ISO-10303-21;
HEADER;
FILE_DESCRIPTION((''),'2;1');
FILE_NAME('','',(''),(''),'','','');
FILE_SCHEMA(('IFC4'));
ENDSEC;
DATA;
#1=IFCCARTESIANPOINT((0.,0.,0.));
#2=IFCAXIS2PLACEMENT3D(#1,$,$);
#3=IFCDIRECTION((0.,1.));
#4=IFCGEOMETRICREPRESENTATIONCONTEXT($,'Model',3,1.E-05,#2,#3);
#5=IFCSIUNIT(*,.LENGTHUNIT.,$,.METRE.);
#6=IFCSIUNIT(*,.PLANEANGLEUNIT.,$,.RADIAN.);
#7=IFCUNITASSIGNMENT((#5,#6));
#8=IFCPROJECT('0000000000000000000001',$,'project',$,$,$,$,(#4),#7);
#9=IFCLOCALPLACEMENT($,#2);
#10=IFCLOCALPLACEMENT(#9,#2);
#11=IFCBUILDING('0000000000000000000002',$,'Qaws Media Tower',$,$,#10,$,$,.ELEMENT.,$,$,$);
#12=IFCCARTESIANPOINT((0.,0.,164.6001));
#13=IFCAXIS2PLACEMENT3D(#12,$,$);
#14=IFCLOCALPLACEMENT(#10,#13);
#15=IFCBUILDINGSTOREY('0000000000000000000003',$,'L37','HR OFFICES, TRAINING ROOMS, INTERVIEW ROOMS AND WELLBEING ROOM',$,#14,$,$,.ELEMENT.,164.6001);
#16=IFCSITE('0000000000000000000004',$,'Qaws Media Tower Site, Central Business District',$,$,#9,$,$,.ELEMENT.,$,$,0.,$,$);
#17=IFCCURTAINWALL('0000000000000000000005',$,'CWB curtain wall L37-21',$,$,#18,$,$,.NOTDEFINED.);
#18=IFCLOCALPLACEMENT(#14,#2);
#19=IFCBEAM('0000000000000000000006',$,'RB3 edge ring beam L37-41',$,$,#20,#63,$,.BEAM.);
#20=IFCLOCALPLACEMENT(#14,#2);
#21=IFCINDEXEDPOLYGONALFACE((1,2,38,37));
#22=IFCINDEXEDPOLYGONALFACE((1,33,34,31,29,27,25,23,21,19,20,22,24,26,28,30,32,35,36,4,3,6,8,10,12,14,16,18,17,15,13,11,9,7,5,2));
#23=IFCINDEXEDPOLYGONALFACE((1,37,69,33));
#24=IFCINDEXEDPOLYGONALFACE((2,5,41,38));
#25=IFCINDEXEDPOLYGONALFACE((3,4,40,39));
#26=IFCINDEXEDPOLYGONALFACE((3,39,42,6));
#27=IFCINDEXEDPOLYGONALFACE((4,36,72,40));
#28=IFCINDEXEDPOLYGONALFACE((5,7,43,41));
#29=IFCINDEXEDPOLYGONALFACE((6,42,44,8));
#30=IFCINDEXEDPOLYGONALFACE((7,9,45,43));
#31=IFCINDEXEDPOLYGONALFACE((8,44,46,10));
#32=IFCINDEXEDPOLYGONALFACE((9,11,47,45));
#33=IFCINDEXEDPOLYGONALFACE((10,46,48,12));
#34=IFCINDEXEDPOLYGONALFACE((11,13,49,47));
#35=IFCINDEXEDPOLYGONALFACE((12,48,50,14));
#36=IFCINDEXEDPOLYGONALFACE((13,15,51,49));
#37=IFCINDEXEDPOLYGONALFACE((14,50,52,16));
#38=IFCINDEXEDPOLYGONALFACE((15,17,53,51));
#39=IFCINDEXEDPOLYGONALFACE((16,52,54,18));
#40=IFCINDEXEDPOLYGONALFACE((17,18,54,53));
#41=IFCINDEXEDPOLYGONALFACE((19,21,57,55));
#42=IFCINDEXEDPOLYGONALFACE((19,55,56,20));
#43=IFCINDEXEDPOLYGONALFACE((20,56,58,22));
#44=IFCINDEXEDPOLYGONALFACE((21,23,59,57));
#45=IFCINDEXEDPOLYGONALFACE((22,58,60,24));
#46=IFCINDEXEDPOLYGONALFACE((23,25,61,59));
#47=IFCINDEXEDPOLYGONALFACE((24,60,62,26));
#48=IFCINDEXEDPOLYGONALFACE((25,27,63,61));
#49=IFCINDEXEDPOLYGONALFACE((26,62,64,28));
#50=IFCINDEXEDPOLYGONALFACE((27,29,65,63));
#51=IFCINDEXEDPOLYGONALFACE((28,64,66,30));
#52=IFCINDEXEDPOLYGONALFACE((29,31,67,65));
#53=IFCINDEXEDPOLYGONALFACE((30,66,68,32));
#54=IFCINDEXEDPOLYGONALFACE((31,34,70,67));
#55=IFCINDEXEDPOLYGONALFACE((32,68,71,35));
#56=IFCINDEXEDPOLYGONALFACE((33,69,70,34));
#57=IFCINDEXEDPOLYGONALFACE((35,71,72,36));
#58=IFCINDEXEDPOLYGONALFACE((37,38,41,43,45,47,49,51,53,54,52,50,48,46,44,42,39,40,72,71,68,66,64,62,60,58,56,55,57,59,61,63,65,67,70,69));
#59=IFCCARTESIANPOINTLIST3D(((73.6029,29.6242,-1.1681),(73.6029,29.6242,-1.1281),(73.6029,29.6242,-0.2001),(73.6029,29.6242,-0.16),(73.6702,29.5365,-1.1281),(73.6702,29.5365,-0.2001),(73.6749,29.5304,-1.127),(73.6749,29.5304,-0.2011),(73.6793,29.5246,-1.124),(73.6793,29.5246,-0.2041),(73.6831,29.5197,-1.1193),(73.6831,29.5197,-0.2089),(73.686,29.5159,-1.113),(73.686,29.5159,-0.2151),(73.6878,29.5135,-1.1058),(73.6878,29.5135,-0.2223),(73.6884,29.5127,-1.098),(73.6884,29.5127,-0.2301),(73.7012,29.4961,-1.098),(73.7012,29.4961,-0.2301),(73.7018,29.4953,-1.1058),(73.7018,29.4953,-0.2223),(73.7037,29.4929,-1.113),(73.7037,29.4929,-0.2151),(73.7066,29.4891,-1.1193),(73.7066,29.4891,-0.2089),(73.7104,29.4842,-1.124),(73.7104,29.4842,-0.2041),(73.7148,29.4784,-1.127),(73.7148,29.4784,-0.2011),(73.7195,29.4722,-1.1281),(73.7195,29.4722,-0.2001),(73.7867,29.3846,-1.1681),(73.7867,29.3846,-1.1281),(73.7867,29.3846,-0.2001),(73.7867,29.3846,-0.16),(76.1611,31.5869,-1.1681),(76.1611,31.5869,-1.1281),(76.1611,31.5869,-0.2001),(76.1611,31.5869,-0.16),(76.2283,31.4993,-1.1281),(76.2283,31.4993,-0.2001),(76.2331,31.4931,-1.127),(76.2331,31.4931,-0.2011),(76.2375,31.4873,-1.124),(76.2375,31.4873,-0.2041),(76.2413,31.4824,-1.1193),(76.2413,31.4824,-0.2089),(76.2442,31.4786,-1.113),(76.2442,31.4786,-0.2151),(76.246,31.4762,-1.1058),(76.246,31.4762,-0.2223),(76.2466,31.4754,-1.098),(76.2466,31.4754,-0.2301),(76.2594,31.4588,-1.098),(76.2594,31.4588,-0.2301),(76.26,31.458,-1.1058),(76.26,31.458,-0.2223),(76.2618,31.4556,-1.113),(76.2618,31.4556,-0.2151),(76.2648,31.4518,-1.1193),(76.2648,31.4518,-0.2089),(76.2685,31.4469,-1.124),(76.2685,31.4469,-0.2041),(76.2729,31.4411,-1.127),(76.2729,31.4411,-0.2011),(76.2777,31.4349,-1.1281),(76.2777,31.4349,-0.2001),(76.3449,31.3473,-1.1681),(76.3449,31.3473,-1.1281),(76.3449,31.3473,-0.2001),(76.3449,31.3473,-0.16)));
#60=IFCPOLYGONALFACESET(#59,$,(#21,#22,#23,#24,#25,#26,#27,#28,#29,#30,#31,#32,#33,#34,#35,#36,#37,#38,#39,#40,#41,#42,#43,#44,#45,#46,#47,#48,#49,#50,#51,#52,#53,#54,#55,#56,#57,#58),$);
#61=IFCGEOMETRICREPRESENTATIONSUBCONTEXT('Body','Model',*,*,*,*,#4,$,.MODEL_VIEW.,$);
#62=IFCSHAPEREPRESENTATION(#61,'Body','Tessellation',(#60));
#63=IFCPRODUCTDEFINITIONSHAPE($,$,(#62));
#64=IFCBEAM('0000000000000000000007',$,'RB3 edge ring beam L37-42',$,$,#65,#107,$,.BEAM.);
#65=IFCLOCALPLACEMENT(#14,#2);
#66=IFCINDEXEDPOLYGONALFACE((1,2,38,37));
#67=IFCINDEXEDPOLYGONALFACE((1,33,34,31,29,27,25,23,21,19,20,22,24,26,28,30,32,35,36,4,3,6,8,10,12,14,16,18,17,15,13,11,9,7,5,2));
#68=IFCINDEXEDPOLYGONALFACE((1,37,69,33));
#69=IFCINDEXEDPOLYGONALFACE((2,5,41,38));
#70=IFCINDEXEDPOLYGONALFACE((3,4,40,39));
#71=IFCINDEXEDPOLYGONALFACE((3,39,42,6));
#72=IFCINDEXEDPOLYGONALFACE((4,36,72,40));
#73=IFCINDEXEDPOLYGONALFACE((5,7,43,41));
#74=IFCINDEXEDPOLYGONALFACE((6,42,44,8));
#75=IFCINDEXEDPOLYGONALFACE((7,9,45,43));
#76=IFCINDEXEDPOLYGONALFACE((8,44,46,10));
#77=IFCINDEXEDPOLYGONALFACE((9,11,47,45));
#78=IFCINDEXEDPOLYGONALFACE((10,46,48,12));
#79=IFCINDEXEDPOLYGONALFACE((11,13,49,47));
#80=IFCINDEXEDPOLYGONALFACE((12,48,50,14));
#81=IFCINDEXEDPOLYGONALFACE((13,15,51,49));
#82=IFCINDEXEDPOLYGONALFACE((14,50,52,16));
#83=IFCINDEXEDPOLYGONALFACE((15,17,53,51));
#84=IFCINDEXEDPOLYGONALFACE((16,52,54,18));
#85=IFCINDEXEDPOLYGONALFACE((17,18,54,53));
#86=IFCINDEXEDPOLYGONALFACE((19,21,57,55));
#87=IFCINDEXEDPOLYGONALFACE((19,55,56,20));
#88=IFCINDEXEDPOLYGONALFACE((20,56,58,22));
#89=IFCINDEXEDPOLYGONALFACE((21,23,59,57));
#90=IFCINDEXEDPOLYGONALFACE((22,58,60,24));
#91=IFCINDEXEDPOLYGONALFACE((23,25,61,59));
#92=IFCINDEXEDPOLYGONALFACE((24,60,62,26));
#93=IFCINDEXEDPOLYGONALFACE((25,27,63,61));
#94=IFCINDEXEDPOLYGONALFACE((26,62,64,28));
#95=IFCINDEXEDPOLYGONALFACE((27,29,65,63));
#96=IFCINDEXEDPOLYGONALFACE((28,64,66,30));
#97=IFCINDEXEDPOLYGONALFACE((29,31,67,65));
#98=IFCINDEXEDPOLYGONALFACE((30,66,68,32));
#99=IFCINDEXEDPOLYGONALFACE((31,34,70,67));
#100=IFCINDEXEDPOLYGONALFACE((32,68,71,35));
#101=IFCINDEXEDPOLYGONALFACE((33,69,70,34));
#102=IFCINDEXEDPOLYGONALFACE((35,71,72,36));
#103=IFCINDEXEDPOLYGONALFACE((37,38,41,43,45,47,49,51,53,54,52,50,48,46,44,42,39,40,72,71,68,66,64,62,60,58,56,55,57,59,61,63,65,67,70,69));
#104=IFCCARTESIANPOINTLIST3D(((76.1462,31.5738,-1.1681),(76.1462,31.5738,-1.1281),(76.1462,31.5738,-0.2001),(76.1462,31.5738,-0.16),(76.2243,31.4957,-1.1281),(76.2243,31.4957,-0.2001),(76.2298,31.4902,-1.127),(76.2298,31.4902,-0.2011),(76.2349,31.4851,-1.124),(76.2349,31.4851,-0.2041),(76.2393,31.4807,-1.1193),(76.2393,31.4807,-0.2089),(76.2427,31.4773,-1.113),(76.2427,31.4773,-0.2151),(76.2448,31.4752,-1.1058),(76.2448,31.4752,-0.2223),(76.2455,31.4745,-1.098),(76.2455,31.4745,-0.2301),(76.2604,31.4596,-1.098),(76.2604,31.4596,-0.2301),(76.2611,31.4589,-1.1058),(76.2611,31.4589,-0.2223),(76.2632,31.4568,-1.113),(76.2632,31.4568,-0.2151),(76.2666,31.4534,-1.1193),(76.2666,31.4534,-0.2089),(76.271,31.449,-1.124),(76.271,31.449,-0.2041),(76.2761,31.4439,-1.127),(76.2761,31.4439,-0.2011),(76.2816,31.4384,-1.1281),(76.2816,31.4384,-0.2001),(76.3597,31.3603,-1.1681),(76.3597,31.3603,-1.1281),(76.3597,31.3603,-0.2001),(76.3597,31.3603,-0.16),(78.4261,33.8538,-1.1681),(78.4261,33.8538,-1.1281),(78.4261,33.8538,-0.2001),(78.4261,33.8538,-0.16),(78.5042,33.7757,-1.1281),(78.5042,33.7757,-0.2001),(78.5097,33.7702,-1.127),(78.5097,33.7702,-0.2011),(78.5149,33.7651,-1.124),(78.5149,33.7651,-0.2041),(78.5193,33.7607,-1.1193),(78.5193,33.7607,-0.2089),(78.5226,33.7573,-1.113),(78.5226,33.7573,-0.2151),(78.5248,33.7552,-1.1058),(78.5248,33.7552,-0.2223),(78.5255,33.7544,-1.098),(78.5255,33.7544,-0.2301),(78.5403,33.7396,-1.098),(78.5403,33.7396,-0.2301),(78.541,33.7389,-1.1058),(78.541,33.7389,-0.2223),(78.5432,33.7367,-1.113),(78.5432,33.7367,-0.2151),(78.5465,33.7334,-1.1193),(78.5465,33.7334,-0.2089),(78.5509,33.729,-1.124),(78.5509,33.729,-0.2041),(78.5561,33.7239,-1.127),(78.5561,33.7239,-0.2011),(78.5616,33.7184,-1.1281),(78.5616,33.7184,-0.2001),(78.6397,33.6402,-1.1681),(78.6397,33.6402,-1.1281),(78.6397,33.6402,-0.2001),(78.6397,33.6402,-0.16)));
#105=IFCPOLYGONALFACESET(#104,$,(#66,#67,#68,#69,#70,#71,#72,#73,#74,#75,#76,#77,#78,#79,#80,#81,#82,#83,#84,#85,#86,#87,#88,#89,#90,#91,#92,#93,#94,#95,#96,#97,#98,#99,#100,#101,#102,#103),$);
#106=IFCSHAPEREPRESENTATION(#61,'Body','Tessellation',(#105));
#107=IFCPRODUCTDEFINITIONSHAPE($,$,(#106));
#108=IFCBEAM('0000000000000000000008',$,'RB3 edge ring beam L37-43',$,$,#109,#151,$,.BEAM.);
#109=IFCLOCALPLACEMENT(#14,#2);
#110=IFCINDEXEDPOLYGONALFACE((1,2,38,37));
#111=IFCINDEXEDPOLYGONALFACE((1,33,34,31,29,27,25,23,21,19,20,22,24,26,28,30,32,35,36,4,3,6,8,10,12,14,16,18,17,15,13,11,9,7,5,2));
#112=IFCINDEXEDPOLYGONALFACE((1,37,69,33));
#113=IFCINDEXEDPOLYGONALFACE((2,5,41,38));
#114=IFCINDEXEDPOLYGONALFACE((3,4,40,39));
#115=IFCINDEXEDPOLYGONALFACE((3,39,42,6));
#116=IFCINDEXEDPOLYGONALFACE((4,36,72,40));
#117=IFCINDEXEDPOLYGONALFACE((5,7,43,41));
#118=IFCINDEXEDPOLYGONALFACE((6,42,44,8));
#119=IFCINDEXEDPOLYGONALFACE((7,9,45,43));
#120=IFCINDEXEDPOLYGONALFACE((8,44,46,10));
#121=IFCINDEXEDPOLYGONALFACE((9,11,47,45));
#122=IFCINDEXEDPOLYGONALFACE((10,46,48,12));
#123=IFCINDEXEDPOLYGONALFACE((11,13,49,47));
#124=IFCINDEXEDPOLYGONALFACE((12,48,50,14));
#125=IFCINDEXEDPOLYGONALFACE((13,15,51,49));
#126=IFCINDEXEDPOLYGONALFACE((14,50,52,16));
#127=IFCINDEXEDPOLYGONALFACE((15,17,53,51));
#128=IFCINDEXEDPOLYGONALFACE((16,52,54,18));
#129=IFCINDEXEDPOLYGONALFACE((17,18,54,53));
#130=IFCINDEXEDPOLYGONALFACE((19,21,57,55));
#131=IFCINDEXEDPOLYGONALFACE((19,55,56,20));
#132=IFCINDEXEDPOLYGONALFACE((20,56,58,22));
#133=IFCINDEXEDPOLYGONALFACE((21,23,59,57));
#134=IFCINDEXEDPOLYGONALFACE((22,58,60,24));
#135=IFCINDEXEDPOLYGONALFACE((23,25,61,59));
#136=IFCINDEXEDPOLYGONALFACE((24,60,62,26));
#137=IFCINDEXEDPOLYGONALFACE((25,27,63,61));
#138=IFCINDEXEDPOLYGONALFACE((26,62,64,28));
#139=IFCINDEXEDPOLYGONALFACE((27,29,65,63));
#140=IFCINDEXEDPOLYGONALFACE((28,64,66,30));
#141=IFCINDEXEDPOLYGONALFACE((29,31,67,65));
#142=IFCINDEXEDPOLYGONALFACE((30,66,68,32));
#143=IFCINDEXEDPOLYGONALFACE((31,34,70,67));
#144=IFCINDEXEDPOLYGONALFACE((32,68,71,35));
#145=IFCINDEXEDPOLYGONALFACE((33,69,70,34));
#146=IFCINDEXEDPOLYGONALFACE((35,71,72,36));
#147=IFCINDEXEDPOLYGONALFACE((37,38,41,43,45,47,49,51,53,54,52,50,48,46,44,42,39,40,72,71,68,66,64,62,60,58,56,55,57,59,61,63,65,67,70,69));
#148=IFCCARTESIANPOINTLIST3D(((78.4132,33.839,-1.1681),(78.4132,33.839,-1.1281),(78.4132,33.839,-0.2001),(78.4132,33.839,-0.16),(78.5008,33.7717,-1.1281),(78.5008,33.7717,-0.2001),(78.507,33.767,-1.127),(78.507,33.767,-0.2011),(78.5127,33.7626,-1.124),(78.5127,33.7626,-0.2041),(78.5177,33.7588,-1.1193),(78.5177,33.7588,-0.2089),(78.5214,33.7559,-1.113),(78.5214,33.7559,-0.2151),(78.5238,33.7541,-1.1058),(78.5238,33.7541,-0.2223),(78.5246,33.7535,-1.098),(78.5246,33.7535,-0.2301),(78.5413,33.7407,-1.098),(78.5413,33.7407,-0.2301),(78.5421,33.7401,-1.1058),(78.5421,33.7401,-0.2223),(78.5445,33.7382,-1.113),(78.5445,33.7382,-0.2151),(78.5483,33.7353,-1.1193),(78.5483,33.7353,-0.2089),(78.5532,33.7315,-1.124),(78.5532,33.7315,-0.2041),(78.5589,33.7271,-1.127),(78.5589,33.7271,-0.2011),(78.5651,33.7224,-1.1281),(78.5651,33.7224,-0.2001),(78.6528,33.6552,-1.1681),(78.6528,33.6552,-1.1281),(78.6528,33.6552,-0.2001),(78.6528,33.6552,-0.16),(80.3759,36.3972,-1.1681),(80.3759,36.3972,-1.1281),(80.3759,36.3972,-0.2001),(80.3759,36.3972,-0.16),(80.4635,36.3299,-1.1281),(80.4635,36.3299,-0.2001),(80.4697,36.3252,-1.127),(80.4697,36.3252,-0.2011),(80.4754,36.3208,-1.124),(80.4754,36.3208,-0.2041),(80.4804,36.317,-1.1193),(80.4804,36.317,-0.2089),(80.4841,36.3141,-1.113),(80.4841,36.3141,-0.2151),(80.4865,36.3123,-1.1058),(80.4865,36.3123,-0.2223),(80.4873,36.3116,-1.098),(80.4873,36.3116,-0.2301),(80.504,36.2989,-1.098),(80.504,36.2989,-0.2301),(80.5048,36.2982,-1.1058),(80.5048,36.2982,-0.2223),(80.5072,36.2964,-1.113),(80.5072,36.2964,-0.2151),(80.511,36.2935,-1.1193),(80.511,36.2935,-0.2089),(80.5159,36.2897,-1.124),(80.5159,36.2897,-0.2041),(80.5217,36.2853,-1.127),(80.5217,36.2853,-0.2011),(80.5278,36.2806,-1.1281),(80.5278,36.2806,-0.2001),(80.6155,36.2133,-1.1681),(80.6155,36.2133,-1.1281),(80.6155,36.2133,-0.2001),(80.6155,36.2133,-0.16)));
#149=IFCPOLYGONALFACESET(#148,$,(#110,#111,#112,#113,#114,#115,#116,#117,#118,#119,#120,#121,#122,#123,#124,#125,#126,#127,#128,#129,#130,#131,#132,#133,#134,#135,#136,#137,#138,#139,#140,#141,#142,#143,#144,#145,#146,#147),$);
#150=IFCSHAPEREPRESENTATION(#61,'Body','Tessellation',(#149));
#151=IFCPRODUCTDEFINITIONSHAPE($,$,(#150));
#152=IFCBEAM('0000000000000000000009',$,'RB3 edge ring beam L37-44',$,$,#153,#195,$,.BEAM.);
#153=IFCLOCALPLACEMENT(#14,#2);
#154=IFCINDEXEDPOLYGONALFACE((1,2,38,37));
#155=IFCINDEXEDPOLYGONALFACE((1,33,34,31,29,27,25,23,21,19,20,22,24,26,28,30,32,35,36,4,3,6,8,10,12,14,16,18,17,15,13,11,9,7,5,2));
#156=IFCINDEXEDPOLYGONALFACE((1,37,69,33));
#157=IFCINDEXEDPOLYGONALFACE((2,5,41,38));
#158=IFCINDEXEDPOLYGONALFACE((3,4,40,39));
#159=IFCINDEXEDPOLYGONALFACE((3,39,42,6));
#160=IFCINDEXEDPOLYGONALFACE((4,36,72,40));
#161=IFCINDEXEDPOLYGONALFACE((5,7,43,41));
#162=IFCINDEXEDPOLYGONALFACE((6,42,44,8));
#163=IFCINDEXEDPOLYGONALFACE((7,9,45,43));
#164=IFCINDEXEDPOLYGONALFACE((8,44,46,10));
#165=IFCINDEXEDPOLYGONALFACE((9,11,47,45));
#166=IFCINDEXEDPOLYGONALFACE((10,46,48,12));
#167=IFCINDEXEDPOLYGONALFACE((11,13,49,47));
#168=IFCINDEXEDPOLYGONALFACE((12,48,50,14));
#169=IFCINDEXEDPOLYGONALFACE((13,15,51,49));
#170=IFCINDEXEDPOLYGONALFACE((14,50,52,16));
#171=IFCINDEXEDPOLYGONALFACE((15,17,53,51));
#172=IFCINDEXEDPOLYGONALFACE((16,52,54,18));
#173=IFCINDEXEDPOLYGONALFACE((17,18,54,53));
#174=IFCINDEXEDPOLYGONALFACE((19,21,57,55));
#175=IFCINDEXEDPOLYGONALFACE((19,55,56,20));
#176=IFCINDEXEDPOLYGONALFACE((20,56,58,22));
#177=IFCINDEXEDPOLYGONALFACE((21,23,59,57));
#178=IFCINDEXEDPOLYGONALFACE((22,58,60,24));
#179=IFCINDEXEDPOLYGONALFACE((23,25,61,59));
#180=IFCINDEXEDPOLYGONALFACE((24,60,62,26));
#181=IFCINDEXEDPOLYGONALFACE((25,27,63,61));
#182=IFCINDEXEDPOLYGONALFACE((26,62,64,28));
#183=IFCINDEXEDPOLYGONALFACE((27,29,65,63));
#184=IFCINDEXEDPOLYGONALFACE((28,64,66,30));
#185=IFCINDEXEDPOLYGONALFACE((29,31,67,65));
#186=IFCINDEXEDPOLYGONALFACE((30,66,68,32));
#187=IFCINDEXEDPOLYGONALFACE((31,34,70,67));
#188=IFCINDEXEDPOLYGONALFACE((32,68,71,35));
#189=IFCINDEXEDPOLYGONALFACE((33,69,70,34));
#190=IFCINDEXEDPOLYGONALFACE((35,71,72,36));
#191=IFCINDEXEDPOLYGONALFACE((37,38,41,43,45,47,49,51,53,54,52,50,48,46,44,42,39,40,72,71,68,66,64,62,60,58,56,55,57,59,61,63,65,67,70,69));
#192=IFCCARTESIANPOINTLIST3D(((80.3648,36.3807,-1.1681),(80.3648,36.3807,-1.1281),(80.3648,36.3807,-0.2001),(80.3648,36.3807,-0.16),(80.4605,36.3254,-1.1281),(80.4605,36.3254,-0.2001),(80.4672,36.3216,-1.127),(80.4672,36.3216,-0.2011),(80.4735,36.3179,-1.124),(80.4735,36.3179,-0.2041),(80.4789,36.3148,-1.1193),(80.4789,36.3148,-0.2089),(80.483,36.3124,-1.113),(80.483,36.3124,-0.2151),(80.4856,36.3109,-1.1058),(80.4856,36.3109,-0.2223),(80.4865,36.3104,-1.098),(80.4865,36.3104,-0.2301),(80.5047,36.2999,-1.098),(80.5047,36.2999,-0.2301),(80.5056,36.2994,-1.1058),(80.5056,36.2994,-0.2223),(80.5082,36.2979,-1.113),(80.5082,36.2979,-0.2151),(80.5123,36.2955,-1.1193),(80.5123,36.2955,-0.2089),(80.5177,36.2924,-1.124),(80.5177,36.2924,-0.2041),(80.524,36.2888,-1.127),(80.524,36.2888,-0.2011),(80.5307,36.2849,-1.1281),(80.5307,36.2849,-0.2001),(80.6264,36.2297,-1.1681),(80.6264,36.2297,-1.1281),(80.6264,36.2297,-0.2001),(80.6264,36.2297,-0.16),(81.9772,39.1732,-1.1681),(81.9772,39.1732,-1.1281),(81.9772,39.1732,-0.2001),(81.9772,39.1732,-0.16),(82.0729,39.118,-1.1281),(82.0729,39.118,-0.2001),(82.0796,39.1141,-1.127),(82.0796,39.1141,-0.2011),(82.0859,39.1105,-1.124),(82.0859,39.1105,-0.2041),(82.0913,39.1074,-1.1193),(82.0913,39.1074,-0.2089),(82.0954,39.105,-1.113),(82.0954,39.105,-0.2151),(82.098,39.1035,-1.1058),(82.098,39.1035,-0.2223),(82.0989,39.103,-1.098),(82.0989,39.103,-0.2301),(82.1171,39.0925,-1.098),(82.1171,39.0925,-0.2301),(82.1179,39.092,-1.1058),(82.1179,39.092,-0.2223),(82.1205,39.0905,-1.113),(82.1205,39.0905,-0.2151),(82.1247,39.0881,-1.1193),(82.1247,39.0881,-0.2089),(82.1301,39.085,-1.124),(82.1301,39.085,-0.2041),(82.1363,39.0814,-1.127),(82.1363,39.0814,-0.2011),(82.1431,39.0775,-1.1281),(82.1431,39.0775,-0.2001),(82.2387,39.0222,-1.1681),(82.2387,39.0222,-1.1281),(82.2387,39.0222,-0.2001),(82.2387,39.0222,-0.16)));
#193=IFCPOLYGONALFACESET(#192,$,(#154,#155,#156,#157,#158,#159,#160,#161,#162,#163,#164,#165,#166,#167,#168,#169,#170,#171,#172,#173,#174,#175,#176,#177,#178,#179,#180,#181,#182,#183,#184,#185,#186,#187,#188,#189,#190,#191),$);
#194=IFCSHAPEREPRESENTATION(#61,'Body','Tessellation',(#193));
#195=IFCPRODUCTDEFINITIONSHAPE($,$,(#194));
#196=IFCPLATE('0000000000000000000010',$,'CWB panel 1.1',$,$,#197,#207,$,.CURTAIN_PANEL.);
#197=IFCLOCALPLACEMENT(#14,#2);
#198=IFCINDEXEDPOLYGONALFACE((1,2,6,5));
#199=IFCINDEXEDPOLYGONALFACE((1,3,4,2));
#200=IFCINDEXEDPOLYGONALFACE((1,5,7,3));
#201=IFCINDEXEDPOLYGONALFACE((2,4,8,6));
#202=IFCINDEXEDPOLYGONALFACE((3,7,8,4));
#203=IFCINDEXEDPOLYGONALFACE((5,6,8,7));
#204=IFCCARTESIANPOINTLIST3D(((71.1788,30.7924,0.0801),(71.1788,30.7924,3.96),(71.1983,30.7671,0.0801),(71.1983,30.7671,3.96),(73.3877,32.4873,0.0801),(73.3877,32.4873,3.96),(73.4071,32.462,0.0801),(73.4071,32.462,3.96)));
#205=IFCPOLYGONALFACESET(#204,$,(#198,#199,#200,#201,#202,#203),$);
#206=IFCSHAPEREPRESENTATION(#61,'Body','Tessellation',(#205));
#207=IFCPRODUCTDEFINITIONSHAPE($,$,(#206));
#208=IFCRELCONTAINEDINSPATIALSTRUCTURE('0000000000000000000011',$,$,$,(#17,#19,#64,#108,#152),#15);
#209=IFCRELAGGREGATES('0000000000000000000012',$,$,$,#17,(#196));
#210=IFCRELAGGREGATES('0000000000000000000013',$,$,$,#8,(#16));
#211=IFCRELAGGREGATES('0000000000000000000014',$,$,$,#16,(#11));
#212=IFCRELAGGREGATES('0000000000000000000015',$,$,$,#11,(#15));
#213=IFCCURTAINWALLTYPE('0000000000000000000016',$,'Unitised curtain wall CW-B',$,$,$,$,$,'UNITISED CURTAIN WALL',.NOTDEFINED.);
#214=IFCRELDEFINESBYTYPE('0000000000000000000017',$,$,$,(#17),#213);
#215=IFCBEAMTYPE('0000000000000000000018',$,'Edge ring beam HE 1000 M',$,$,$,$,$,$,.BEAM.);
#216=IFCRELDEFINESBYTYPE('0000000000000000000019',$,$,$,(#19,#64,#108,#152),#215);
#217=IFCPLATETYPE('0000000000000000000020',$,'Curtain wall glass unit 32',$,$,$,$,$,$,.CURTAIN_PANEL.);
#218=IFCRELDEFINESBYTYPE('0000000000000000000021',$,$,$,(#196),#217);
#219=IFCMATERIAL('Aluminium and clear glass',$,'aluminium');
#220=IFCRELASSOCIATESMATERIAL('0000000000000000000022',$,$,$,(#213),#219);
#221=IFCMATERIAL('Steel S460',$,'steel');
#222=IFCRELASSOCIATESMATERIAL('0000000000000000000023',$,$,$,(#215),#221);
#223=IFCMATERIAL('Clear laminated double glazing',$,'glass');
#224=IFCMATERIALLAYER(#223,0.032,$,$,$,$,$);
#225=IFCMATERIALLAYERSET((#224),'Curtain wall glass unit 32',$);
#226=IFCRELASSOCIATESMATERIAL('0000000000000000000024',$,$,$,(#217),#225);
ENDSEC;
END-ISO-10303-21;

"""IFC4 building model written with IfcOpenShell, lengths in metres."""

from ifc_helpers import new_model, si_unit, direction, frame, origin, origin_2d, place, context, subcontext, project, spatial, rectangle, i_section, extrude, material, layer, layer_set, material_profile, profile_set, type_object, element, aggregate, save


model = new_model("IFC4")

# Units and contexts
model_context = context("Model", 3, precision=1e-05, world=origin(), true_north=direction((0.0, 1.0)))
body_context = subcontext(model_context, "Body", "Model", "MODEL_VIEW")
ifc_project = project(units=[si_unit("LENGTHUNIT", "METRE"), si_unit("PLANEANGLEUNIT", "RADIAN")], contexts=[model_context])

# Site, building, storey
site_placement = place(None, origin())
site = spatial("IfcSite", under=ifc_project, at=site_placement, Name="Qaws Media Tower Site, Central Business District", CompositionType="ELEMENT", RefElevation=0.0)
building_placement = place(site_placement, origin())
building = spatial("IfcBuilding", under=site, at=building_placement, Name="Qaws Media Tower", CompositionType="ELEMENT")
storey_placement = place(building_placement, frame((0.0, 0.0, 164.6001)))
storey = spatial("IfcBuildingStorey", under=building, at=storey_placement, Name="L37", Description="HR OFFICES, TRAINING ROOMS, INTERVIEW ROOMS AND WELLBEING ROOM", CompositionType="ELEMENT", Elevation=164.6001)

# Curtain wall
ifc_material_1 = material(Name="Aluminium and clear glass", Category="aluminium")
curtain_wall_type = type_object("IfcCurtainWallType", Name="Unitised curtain wall CW-B", ElementType="UNITISED CURTAIN WALL", PredefinedType="NOTDEFINED", material=ifc_material_1)
curtain_wall_1_placement = place(storey_placement, origin())
curtain_wall_1 = element("IfcCurtainWall", 1, at=curtain_wall_1_placement, inside=storey, type_object=curtain_wall_type, Name="CWB curtain wall L37-21", PredefinedType="NOTDEFINED")

# Beams
ifc_material_2 = material(Name="Steel S460", Category="steel")
ifc_material_profile_1 = material_profile(ifc_material_2, i_section(OverallWidth=0.302, OverallDepth=1.0081, WebThickness=0.021, FlangeThickness=0.04, FilletRadius=0.03, at=origin_2d()), Name="HE 1000 M")
ifc_profile_set_1 = profile_set([ifc_material_profile_1], Name="Steel S460")
beam_type = type_object("IfcBeamType", Name="Edge ring beam HE 1000 M", PredefinedType="BEAM", material=ifc_profile_set_1)
for number, where, z_axis, x_axis, name in (
    (2, (73.6948, 29.5044, -0.6641), (0.793392, 0.608711, 0.0), (-0.608711, 0.793392, 0.0), "RB3 edge ring beam L37-41"),
    (3, (76.2529, 31.467, -0.6641), (0.707107, 0.707107, 0.0), (-0.707107, 0.707107, 0.0), "RB3 edge ring beam L37-42"),
    (4, (78.533, 33.7471, -0.6641), (0.608711, 0.793392, 0.0), (-0.793392, 0.608711, 0.0), "RB3 edge ring beam L37-43"),
):
    element("IfcBeam", number, at=place(storey_placement, frame(where, z_axis=z_axis, x_axis=x_axis)), inside=storey, type_object=beam_type, Name=name, PredefinedType="BEAM", context=body_context, shape_type="SweptSolid", body=[
        extrude(i_section(OverallWidth=0.302, OverallDepth=1.0081, WebThickness=0.021, FlangeThickness=0.04, FilletRadius=0.03, at=origin_2d()), origin(), (0.0, 0.0, 1.0), 3.2244),
    ])
beam_placement = place(storey_placement, frame((80.4956, 36.3052, -0.6641), z_axis=(0.500015, 0.866017, 0.0), x_axis=(-0.866017, 0.500015, 0.0)))
element("IfcBeam", 5, at=beam_placement, inside=storey, type_object=beam_type, Name="RB3 edge ring beam L37-44", PredefinedType="BEAM", context=body_context, shape_type="SweptSolid", body=[
    extrude(i_section(OverallWidth=0.302, OverallDepth=1.0081, WebThickness=0.021, FlangeThickness=0.04, FilletRadius=0.03, at=origin_2d()), origin(), (0.0, 0.0, 1.0), 3.2246),
])

# Plate
ifc_material_3 = material(Name="Clear laminated double glazing", Category="glass")
ifc_layer_1 = layer(ifc_material_3, 0.032)
ifc_layer_set_1 = layer_set([ifc_layer_1], Name="Curtain wall glass unit 32")
plate_type_1 = type_object("IfcPlateType", Name="Curtain wall glass unit 32", PredefinedType="CURTAIN_PANEL", material=ifc_layer_set_1)
plate_1_placement = place(storey_placement, frame((72.293, 31.6272, 0.0801), z_axis=(0.0, 0.0, 1.0), x_axis=(0.793353, 0.608761, 0.0)))
plate_1 = element("IfcPlate", 6, at=plate_1_placement, type_object=plate_type_1, Name="CWB panel 1.1", PredefinedType="CURTAIN_PANEL", context=body_context, shape_type="SweptSolid", body=[
    extrude(rectangle(XDim=2.7842, YDim=0.032, at=origin_2d()), origin(), (0.0, 0.0, 1.0), 3.8799),
])
aggregate(curtain_wall_1, [plate_1])

save(model, "model.ifc")
